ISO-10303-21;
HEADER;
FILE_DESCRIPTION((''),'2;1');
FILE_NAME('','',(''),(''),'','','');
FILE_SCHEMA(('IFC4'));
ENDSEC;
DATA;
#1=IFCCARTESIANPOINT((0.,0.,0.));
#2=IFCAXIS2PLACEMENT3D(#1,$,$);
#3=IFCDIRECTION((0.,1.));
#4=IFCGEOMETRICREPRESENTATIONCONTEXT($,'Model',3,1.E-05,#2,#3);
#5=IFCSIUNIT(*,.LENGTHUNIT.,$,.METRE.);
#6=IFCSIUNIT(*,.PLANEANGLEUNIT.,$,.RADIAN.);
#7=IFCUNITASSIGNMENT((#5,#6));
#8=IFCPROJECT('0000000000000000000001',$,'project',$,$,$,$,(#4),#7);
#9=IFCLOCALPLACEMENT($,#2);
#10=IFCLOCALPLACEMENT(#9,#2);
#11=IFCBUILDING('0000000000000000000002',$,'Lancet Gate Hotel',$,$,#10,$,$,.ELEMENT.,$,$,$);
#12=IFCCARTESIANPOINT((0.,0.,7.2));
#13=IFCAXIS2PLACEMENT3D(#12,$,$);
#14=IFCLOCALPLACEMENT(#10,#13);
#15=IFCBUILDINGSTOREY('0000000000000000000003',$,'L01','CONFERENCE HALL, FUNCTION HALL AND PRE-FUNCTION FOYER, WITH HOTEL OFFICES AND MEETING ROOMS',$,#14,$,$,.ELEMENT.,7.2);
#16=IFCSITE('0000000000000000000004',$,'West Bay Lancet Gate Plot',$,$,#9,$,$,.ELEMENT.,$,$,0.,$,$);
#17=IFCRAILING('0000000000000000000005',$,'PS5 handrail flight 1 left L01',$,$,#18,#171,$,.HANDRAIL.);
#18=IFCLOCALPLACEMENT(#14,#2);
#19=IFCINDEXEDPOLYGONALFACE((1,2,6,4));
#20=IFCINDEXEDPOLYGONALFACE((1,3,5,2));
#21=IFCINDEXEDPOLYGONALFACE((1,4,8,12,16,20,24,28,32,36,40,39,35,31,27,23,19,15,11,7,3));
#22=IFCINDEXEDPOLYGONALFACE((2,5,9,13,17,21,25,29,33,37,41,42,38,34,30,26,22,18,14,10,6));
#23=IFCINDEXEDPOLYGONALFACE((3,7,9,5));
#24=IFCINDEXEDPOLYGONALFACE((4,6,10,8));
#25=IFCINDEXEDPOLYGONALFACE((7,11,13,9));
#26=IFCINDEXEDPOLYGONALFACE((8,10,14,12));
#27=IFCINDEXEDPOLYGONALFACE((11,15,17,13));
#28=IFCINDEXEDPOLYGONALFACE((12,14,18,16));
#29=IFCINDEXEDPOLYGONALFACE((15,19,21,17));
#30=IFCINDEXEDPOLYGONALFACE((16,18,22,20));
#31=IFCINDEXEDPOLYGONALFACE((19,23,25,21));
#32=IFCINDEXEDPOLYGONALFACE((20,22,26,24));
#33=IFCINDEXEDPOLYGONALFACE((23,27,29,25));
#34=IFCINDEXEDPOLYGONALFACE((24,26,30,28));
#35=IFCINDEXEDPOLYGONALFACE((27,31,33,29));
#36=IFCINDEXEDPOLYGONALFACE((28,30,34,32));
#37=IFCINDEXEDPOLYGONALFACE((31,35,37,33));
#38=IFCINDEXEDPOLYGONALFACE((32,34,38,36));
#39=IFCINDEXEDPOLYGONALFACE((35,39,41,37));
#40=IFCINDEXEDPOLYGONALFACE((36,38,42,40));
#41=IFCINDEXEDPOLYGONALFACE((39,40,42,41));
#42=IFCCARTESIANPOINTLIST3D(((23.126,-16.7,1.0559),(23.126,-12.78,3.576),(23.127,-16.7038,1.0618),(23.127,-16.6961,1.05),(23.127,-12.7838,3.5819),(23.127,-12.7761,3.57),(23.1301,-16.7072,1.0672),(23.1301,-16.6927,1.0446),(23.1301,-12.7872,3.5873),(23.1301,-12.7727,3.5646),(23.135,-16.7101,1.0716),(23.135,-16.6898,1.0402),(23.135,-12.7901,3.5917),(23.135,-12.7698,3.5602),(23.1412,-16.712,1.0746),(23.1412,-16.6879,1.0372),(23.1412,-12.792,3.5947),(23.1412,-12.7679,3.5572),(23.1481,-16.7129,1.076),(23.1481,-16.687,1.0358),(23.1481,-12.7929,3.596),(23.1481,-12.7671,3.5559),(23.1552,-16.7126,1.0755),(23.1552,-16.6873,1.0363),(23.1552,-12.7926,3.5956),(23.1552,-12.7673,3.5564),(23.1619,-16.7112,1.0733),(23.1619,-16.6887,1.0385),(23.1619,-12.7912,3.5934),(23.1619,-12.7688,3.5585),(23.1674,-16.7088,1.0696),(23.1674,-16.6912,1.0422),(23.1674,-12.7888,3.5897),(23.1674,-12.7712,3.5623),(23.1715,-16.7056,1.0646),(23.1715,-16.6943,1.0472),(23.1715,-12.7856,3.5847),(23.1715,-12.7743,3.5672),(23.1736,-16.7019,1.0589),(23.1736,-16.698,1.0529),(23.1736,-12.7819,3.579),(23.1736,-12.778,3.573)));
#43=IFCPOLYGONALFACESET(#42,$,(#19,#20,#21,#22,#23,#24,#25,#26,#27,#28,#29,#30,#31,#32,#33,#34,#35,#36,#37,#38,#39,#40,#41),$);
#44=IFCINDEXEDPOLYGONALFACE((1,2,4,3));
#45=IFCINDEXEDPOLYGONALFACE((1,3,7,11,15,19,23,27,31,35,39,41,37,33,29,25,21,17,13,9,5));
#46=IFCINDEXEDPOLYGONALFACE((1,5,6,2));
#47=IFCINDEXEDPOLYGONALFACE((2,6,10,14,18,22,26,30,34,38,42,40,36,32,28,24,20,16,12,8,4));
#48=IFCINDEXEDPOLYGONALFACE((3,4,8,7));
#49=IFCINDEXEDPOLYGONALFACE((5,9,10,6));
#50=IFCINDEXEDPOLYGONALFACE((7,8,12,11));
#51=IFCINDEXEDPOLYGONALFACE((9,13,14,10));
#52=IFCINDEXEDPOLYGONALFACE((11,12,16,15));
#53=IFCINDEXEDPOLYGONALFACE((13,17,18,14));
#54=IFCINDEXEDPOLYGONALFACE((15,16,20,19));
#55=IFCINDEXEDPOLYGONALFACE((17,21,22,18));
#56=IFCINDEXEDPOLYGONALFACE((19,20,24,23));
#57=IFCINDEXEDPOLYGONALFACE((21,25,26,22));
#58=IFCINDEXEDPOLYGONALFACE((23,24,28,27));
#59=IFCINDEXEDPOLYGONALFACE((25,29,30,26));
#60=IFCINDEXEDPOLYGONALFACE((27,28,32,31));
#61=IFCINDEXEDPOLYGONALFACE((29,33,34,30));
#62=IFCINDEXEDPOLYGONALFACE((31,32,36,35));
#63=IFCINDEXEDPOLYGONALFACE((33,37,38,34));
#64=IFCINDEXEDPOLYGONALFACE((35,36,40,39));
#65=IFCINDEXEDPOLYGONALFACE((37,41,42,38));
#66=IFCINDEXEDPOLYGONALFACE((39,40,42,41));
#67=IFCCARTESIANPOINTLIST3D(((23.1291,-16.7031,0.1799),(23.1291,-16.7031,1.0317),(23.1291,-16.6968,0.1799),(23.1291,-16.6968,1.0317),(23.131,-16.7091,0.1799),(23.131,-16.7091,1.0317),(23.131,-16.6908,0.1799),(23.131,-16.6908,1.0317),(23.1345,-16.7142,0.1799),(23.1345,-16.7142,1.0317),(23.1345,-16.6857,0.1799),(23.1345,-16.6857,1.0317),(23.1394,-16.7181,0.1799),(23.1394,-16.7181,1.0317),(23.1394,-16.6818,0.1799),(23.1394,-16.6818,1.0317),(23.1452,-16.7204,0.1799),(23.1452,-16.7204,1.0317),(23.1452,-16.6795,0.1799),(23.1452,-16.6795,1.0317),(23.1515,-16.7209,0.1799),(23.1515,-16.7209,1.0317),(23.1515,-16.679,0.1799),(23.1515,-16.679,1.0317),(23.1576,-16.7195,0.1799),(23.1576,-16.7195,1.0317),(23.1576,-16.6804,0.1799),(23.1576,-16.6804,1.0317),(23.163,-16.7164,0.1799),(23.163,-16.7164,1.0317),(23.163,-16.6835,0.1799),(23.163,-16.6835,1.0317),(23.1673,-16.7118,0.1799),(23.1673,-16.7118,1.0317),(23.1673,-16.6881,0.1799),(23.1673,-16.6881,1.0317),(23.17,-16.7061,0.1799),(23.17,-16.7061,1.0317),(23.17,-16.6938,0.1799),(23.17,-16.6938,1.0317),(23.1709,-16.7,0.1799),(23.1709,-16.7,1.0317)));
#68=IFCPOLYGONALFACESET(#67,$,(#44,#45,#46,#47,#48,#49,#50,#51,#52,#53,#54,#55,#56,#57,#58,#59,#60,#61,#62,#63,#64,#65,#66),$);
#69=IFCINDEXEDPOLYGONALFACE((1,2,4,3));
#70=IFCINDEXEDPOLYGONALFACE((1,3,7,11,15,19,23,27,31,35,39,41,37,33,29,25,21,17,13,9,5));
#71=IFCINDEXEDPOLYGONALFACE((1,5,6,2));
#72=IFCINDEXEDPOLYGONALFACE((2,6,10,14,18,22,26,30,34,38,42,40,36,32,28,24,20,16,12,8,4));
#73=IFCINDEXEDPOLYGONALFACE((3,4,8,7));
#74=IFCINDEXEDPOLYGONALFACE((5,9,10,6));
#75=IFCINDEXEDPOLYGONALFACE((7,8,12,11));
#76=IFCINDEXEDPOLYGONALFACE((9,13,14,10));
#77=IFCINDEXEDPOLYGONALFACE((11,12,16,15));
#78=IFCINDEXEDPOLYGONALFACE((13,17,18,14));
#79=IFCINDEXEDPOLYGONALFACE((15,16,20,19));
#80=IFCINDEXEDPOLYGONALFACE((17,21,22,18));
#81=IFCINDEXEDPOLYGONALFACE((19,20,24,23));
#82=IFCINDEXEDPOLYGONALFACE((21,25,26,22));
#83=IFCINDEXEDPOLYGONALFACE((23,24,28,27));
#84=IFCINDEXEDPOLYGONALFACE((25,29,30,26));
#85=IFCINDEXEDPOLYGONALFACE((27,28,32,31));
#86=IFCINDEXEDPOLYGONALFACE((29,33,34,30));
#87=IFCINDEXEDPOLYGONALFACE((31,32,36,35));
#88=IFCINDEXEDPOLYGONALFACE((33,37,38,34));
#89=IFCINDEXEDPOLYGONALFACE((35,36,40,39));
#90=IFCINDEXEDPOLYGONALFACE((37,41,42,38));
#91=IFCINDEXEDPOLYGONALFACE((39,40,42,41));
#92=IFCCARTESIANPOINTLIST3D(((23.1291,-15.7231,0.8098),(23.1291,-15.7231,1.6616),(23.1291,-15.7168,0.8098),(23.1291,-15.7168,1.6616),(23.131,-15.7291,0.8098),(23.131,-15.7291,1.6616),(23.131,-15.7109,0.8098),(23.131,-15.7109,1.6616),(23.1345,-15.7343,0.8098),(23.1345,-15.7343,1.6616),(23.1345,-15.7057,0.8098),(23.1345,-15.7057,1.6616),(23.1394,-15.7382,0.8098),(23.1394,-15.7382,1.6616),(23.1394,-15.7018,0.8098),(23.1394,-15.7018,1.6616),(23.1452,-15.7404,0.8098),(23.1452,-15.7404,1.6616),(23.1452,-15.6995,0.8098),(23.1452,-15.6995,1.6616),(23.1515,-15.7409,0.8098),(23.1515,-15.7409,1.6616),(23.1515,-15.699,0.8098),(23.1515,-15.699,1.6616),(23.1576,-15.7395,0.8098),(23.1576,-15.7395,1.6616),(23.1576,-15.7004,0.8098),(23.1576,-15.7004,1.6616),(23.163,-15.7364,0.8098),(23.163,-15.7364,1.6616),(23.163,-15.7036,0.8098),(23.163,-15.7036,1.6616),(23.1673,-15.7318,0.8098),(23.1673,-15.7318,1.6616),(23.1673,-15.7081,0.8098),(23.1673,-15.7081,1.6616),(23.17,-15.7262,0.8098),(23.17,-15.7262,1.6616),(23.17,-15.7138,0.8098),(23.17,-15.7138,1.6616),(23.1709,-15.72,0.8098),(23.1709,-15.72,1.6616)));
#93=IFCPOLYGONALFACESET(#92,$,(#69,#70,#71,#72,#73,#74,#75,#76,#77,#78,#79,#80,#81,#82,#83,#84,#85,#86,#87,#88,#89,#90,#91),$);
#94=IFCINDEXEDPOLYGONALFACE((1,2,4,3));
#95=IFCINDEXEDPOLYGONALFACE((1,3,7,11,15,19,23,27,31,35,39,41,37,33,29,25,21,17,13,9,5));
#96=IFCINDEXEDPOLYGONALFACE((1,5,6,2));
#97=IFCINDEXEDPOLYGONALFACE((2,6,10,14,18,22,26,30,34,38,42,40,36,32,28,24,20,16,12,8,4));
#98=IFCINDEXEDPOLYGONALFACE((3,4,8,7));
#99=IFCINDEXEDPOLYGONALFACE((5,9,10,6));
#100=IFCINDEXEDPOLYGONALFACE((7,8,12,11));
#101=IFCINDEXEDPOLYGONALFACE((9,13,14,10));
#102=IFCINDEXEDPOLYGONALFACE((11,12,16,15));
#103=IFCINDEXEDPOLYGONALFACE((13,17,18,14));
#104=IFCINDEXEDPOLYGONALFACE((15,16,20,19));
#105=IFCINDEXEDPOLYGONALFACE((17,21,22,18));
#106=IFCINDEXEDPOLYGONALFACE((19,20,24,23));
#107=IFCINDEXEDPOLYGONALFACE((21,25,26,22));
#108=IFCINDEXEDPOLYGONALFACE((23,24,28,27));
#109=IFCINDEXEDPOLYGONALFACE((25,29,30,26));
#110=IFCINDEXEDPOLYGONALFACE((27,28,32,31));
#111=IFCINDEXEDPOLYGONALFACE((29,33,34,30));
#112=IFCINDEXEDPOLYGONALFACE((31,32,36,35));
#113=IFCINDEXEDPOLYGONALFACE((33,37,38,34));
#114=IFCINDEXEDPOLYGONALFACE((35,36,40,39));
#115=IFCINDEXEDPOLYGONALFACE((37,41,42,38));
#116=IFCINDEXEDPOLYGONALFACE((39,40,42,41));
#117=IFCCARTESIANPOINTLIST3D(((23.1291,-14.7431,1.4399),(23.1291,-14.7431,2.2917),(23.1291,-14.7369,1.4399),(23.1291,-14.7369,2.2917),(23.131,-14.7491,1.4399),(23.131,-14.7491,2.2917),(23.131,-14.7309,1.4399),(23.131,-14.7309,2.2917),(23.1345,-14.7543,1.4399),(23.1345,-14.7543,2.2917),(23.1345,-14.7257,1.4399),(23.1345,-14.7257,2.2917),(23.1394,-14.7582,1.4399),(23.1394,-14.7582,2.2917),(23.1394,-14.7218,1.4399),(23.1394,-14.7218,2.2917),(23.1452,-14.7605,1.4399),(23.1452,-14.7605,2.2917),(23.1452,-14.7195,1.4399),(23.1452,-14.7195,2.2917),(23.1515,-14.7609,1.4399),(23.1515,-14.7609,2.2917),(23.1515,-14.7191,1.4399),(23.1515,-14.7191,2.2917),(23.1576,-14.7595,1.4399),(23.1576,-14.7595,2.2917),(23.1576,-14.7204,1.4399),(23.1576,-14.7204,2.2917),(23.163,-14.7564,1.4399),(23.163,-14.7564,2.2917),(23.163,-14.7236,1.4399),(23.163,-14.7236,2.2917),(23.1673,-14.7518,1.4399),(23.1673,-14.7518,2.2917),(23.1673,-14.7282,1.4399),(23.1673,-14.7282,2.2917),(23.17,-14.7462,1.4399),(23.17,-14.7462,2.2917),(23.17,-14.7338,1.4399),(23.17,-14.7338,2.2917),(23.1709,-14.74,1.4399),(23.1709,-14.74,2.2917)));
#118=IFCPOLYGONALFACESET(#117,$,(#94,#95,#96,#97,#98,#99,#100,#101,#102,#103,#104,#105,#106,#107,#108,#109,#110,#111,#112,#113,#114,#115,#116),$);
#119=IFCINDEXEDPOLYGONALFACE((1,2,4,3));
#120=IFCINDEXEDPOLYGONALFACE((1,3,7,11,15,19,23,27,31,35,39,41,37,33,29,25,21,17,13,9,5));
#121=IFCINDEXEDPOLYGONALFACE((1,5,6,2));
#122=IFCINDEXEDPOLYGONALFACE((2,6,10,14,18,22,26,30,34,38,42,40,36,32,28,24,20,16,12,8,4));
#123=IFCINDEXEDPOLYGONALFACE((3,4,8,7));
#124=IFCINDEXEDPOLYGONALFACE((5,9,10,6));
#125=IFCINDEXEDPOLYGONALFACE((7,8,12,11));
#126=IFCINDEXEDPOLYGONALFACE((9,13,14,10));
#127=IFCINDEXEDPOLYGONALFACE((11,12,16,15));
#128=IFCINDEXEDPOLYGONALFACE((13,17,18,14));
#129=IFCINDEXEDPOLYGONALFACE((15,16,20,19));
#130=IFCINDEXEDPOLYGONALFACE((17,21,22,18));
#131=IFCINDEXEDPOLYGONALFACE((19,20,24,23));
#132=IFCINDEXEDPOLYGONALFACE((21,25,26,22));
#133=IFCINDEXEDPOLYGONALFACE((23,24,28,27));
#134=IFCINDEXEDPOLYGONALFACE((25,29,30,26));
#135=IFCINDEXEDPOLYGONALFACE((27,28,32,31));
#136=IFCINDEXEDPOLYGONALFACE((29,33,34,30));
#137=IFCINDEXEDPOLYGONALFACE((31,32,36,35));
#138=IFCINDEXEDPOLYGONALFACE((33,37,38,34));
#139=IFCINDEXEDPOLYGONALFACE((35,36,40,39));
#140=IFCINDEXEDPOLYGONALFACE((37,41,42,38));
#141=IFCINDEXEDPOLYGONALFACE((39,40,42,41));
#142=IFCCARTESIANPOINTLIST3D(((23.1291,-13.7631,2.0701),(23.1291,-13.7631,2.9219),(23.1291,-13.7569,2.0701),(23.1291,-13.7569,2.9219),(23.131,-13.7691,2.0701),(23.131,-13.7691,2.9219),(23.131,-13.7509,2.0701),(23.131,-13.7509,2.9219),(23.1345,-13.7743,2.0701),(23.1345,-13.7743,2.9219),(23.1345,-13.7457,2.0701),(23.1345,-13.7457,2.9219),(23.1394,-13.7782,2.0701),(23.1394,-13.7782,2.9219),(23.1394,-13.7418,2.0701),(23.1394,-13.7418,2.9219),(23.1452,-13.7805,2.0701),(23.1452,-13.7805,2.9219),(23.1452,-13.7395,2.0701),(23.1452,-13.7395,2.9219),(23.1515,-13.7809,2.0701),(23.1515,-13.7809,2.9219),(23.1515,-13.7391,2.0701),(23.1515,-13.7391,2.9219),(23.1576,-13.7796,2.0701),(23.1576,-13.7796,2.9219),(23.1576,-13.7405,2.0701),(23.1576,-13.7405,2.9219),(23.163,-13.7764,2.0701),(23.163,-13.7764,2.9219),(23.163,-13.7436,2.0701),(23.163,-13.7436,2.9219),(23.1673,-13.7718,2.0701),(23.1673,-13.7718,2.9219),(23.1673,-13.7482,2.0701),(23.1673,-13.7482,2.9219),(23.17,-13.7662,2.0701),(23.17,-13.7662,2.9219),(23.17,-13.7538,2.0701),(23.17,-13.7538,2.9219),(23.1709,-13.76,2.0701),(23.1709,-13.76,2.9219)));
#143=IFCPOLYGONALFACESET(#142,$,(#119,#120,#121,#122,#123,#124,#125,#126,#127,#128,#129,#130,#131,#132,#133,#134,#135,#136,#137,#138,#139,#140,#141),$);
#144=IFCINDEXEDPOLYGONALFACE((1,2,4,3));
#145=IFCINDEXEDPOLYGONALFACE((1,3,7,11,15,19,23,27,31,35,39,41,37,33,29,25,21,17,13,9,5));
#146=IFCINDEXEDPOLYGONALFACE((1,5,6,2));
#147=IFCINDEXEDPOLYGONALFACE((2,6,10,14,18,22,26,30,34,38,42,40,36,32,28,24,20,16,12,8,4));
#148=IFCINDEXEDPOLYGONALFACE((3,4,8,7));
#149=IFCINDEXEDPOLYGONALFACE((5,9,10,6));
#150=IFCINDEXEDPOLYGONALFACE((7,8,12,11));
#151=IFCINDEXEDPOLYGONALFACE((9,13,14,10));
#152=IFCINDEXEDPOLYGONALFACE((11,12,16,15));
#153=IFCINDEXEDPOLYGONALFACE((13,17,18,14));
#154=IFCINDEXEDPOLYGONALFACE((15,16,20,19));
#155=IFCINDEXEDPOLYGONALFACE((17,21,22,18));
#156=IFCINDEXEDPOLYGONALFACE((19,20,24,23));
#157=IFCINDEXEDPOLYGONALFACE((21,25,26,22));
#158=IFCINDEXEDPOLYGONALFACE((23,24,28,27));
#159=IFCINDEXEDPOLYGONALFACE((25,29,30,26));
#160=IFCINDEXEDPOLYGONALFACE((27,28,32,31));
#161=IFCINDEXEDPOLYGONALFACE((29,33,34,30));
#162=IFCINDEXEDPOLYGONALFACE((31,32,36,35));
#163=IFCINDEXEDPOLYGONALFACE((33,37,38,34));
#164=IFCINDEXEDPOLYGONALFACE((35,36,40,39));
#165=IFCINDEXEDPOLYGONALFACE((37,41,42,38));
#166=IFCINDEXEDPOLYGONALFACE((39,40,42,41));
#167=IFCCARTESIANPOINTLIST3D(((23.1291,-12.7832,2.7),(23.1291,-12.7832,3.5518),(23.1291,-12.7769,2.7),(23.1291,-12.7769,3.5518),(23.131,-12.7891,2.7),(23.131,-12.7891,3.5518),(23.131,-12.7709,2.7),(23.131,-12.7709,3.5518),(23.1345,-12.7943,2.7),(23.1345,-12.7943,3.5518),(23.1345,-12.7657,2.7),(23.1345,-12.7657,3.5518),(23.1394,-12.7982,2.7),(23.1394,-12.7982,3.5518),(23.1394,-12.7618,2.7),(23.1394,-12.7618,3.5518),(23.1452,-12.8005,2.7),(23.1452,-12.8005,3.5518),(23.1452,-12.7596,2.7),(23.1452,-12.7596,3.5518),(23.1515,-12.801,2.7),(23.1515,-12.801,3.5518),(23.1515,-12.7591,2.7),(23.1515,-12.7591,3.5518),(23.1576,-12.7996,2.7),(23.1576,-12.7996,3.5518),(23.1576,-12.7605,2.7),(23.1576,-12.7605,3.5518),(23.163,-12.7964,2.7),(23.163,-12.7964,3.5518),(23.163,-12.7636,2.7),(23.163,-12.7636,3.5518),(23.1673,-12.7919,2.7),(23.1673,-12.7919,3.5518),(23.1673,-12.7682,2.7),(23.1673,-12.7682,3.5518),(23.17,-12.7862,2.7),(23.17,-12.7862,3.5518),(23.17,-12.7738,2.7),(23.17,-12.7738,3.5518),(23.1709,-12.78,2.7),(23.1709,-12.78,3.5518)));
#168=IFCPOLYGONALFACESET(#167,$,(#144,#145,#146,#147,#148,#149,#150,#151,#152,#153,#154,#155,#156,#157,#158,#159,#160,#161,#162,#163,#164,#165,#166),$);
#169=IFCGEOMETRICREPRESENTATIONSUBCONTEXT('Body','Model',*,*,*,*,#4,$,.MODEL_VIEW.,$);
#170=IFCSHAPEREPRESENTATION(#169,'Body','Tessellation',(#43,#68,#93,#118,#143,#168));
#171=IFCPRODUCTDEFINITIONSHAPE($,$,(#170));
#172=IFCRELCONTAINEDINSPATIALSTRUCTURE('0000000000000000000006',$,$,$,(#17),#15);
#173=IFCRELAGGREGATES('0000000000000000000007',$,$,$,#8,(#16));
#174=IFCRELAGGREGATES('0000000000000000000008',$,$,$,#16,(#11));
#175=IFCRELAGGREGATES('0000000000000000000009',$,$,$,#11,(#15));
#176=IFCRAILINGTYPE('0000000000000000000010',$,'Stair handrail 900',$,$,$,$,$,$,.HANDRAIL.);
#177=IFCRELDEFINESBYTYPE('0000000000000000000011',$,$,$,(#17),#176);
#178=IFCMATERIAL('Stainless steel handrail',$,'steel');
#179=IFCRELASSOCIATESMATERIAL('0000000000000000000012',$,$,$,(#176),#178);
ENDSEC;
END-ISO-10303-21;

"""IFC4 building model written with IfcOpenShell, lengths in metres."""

from ifc_helpers import new_model, si_unit, direction, frame, origin, origin_2d, place, context, subcontext, project, spatial, circle, extrude, material, type_object, element, save


model = new_model("IFC4")

# Units and contexts
model_context = context("Model", 3, precision=1e-05, world=origin(), true_north=direction((0.0, 1.0)))
body_context = subcontext(model_context, "Body", "Model", "MODEL_VIEW")
ifc_project = project(units=[si_unit("LENGTHUNIT", "METRE"), si_unit("PLANEANGLEUNIT", "RADIAN")], contexts=[model_context])

# Site, building, storey
site_placement = place(None, origin())
site = spatial("IfcSite", under=ifc_project, at=site_placement, Name="West Bay Lancet Gate Plot", CompositionType="ELEMENT", RefElevation=0.0)
building_placement = place(site_placement, origin())
building = spatial("IfcBuilding", under=site, at=building_placement, Name="Lancet Gate Hotel", CompositionType="ELEMENT")
storey_placement = place(building_placement, frame((0.0, 0.0, 7.2)))
storey = spatial("IfcBuildingStorey", under=building, at=storey_placement, Name="L01", Description="CONFERENCE HALL, FUNCTION HALL AND PRE-FUNCTION FOYER, WITH HOTEL OFFICES AND MEETING ROOMS", CompositionType="ELEMENT", Elevation=7.2)

# Railing
ifc_material_1 = material(Name="Stainless steel handrail", Category="steel")
railing_type_1 = type_object("IfcRailingType", Name="Stair handrail 900", PredefinedType="HANDRAIL", material=ifc_material_1)
railing_1_placement = place(storey_placement, frame((23.1499, -16.7, 0.1799)))
element("IfcRailing", 1, at=railing_1_placement, inside=storey, type_object=railing_type_1, Name="PS5 handrail flight 1 left L01", PredefinedType="HANDRAIL", context=body_context, shape_type="SweptSolid", body=[
    extrude(circle(Radius=0.0239, at=origin_2d()), frame((0.0, 0.0, 0.876), z_axis=(0.0, 0.841172, 0.540768), x_axis=(-1.0, 0.0, 0.0)), (0.0, 0.0, 1.0), 4.6602),
    extrude(circle(Radius=0.021, at=origin_2d()), origin(), (0.0, 0.0, 1.0), 0.8518),
    extrude(circle(Radius=0.021, at=origin_2d()), frame((0.0, 0.98, 0.6299)), (0.0, 0.0, 1.0), 0.8518),
    extrude(circle(Radius=0.021, at=origin_2d()), frame((0.0, 1.96, 1.26)), (0.0, 0.0, 1.0), 0.8518),
    extrude(circle(Radius=0.021, at=origin_2d()), frame((0.0, 2.9399, 1.8901)), (0.0, 0.0, 1.0), 0.8518),
    extrude(circle(Radius=0.021, at=origin_2d()), frame((0.0, 3.9199, 2.52)), (0.0, 0.0, 1.0), 0.8518),
])

save(model, "model.ifc")
